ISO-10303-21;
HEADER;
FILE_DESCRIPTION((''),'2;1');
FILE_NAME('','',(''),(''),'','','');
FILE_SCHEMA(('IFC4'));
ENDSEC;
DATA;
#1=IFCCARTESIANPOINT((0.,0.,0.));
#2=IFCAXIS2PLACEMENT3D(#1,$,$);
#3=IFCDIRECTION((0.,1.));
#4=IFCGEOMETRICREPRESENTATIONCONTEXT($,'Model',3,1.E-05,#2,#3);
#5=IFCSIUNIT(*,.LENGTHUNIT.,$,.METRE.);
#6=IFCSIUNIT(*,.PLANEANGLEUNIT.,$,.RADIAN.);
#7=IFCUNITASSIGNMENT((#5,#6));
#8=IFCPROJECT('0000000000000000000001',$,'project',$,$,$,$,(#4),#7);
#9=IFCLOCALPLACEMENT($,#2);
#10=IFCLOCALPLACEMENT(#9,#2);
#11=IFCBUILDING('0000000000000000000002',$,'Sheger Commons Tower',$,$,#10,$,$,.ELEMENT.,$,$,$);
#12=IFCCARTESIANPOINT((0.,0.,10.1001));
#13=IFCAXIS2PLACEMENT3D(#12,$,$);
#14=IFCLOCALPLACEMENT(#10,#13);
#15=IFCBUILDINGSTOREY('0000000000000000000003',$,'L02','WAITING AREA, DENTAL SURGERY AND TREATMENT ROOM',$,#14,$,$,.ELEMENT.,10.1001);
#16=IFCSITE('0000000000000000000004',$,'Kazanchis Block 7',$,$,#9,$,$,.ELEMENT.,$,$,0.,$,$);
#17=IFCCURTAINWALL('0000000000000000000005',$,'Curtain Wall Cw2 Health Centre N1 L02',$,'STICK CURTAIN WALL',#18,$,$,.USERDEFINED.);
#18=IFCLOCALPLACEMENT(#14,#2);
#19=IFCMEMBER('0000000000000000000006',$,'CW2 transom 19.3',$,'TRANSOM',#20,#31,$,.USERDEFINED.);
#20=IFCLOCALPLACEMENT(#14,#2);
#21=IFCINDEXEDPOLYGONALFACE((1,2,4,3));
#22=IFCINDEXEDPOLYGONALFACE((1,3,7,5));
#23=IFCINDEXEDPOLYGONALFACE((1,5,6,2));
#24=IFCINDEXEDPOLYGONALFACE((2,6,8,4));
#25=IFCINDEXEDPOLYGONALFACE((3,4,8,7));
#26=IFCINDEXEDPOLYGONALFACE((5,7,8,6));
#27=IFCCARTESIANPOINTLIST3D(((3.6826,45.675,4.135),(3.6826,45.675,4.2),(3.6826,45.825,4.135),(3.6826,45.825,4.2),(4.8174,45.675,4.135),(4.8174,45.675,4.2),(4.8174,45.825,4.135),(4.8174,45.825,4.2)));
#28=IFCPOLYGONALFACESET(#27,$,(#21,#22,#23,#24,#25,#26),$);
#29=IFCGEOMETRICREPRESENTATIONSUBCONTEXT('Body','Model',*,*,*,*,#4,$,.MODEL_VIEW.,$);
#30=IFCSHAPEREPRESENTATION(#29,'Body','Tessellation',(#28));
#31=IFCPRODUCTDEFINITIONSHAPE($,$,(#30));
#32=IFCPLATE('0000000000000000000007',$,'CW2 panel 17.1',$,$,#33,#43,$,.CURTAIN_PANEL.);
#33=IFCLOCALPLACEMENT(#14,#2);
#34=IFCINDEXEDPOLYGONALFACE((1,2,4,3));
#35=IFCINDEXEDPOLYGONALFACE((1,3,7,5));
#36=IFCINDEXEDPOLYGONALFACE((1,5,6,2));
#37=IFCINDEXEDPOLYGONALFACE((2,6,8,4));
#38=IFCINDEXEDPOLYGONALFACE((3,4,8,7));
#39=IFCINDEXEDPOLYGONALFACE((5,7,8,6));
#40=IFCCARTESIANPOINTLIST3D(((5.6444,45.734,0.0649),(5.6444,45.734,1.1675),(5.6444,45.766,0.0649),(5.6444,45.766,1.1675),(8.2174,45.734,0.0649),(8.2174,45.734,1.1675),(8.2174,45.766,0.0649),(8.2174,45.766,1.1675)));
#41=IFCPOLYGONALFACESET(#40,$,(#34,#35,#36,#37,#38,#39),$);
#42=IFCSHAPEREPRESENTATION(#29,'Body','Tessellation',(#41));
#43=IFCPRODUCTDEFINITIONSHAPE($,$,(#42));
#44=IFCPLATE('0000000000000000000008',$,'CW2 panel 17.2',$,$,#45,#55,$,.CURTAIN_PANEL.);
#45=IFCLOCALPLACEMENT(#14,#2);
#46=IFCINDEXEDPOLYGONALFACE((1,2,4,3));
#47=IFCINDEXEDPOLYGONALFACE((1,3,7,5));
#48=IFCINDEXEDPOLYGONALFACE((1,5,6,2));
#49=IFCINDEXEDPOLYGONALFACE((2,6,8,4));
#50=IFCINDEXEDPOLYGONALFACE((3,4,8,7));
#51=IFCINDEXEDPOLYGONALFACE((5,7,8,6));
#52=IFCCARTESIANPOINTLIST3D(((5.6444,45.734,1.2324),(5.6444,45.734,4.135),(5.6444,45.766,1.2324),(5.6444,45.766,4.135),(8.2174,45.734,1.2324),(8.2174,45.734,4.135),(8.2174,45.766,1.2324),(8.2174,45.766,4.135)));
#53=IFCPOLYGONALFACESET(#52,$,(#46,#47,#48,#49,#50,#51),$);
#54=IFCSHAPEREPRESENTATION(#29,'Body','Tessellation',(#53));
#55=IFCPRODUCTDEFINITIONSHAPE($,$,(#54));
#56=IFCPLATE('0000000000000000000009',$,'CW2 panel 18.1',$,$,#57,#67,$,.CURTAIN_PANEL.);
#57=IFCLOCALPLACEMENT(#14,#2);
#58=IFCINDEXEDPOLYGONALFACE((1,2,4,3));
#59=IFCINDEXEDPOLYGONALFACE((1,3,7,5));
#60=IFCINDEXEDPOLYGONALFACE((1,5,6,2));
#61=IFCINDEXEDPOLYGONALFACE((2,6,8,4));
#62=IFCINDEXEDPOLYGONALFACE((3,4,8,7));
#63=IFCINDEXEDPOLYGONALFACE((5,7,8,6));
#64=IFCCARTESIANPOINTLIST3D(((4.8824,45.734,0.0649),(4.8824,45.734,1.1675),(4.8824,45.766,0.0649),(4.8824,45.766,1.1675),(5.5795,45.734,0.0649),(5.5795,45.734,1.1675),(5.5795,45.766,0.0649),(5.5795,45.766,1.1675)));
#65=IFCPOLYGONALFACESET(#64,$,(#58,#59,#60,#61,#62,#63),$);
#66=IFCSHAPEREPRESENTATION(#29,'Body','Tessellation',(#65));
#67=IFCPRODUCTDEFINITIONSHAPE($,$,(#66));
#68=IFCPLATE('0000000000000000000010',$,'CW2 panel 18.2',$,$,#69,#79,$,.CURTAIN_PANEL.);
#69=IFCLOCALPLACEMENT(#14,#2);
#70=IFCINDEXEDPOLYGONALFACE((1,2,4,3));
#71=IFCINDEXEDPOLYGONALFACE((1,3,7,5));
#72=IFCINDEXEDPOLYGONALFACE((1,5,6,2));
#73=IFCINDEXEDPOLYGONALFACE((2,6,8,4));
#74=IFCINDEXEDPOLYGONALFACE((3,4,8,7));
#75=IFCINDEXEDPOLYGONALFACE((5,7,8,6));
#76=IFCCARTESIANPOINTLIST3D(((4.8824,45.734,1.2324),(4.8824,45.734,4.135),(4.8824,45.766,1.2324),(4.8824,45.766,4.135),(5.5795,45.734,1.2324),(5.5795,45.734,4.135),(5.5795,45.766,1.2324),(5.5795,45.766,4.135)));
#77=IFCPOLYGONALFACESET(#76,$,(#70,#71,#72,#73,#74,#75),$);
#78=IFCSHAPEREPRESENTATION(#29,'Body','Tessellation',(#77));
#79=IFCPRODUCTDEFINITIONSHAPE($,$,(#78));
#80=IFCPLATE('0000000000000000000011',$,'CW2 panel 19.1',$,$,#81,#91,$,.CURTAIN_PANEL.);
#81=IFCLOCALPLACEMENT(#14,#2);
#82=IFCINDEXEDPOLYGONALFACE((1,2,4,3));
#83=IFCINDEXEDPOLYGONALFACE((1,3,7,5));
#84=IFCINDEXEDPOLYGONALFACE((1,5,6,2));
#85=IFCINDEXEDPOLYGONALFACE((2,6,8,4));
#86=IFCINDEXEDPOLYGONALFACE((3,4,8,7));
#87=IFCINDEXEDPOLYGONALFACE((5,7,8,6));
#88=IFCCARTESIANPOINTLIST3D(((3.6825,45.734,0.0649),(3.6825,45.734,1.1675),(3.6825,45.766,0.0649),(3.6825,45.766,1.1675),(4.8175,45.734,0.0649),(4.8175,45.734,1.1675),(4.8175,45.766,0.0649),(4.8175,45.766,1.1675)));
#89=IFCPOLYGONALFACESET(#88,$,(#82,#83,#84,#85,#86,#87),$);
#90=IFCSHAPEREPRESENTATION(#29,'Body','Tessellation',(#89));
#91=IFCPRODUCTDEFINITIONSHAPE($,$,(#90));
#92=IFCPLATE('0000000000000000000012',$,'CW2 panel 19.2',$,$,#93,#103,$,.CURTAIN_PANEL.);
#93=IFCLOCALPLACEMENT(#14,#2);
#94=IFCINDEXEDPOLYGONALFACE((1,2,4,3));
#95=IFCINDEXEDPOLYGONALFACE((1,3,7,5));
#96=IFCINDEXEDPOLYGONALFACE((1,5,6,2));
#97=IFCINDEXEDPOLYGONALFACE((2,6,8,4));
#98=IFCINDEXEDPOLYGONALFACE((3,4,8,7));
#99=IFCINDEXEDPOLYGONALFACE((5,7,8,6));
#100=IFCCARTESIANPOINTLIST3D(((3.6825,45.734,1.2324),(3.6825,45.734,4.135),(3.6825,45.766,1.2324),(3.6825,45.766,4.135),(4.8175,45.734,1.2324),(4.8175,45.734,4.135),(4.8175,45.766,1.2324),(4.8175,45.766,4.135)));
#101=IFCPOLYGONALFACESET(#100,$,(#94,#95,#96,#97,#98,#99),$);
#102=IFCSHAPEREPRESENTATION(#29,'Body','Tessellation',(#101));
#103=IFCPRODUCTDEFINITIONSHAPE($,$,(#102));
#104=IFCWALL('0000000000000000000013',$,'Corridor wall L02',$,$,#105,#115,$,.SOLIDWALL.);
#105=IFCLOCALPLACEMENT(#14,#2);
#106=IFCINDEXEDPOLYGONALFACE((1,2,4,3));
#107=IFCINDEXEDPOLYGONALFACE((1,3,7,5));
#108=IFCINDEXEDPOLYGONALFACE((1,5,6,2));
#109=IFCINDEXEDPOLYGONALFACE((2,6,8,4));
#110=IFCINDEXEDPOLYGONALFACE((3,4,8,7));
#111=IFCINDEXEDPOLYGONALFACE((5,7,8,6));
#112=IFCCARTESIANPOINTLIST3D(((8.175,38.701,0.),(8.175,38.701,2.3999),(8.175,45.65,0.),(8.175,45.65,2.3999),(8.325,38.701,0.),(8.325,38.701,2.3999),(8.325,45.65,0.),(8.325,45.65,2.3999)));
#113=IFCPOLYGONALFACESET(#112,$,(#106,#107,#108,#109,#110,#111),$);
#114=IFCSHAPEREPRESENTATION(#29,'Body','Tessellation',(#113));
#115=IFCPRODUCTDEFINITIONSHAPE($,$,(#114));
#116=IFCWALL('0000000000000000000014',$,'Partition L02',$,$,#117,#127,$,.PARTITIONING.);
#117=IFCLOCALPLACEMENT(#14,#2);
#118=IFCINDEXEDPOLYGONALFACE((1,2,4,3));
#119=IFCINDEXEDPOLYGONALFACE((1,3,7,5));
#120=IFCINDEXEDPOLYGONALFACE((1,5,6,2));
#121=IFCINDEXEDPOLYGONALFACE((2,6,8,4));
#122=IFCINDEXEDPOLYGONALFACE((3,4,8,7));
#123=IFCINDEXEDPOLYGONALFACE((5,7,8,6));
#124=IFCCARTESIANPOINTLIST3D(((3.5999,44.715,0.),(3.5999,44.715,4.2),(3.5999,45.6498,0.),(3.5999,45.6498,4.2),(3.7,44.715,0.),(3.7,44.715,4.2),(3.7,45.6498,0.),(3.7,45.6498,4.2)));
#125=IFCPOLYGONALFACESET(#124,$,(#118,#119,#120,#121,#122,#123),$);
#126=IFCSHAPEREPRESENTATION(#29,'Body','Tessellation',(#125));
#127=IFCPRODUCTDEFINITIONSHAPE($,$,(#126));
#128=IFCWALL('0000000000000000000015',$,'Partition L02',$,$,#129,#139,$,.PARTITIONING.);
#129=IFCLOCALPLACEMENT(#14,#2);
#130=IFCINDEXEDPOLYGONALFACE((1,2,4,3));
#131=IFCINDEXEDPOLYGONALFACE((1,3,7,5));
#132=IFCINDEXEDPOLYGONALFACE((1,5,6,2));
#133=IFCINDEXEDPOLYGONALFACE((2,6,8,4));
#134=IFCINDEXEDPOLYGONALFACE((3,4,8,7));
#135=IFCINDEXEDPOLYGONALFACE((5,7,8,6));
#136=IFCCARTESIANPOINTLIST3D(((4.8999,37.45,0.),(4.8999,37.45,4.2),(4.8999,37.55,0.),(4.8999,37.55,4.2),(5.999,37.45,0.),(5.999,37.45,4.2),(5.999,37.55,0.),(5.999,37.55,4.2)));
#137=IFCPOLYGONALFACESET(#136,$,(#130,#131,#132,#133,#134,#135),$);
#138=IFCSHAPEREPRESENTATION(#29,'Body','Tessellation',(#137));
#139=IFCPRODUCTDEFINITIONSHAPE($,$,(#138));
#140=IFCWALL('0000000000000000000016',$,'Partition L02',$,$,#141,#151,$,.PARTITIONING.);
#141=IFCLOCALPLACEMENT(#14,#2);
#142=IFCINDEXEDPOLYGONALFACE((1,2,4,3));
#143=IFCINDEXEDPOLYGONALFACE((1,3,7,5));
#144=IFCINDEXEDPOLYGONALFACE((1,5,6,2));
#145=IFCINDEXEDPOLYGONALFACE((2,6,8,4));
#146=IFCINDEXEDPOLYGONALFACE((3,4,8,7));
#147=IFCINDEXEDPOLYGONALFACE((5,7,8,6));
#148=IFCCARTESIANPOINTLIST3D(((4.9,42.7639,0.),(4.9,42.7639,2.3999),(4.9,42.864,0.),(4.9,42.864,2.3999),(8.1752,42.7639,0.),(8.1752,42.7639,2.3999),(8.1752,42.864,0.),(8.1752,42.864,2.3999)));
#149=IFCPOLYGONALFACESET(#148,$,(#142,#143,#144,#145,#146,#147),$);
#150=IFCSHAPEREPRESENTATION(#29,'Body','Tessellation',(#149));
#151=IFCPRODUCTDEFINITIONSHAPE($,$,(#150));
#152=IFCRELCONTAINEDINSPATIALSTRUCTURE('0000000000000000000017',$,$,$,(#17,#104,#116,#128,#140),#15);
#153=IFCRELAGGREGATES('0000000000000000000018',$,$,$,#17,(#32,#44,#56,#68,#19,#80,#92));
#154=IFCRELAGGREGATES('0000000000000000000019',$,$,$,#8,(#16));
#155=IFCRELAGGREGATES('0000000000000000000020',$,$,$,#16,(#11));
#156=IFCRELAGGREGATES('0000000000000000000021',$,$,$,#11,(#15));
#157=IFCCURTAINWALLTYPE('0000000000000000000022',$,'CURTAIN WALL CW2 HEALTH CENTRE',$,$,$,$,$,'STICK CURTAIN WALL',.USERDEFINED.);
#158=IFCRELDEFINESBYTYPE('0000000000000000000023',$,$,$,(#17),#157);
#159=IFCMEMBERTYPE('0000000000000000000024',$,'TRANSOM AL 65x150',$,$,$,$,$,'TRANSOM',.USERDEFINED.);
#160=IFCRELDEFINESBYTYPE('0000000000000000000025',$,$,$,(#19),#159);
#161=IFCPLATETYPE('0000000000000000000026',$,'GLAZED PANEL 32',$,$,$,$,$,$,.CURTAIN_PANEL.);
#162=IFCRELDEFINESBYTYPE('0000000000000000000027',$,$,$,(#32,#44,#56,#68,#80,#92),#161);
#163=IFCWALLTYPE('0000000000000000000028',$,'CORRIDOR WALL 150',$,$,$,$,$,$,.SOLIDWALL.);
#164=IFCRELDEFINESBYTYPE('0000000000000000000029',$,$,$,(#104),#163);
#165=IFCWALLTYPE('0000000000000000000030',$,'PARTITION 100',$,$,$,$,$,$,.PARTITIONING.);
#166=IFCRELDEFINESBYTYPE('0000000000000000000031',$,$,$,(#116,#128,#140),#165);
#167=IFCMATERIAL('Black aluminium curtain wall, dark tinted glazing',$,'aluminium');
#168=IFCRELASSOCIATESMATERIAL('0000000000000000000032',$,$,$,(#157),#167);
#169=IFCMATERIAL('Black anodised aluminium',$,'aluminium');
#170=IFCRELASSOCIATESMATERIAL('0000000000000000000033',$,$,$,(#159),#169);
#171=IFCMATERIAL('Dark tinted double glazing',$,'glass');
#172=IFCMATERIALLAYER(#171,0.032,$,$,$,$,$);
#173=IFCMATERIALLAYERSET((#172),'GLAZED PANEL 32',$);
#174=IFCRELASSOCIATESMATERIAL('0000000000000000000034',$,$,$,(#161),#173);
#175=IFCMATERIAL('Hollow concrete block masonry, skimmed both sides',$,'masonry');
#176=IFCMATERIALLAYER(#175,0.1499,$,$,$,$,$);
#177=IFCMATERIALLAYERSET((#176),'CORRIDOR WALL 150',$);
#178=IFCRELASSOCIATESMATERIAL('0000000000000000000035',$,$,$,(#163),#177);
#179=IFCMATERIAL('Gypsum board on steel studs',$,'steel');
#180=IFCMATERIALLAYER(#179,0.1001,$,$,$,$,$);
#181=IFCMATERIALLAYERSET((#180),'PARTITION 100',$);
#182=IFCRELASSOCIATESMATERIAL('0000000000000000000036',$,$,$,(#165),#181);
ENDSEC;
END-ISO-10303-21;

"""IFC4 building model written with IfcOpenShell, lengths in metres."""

from ifc_helpers import new_model, si_unit, direction, frame, frame_2d, origin, origin_2d, place, context, subcontext, project, spatial, rectangle, extrude, material, layer, layer_set, material_profile, profile_set, type_object, element, aggregate, save


model = new_model("IFC4")

# Units and contexts
model_context = context("Model", 3, precision=1e-05, world=origin(), true_north=direction((0.0, 1.0)))
body_context = subcontext(model_context, "Body", "Model", "MODEL_VIEW")
ifc_project = project(units=[si_unit("LENGTHUNIT", "METRE"), si_unit("PLANEANGLEUNIT", "RADIAN")], contexts=[model_context])

# Site, building, storey
site_placement = place(None, origin())
site = spatial("IfcSite", under=ifc_project, at=site_placement, Name="Kazanchis Block 7", CompositionType="ELEMENT", RefElevation=0.0)
building_placement = place(site_placement, origin())
building = spatial("IfcBuilding", under=site, at=building_placement, Name="Sheger Commons Tower", CompositionType="ELEMENT")
storey_placement = place(building_placement, frame((0.0, 0.0, 10.1001)))
storey = spatial("IfcBuildingStorey", under=building, at=storey_placement, Name="L02", Description="WAITING AREA, DENTAL SURGERY AND TREATMENT ROOM", CompositionType="ELEMENT", Elevation=10.1001)

# Curtain wall, member, plates
ifc_material_1 = material(Name="Black aluminium curtain wall, dark tinted glazing", Category="aluminium")
curtain_wall_type = type_object("IfcCurtainWallType", Name="CURTAIN WALL CW2 HEALTH CENTRE", ElementType="STICK CURTAIN WALL", PredefinedType="USERDEFINED", material=ifc_material_1)
curtain_wall_placement = place(storey_placement, origin())
curtain_wall = element("IfcCurtainWall", 1, at=curtain_wall_placement, inside=storey, type_object=curtain_wall_type, Name="Curtain Wall Cw2 Health Centre N1 L02", ObjectType="STICK CURTAIN WALL", PredefinedType="USERDEFINED")
ifc_material_2 = material(Name="Black anodised aluminium", Category="aluminium")
ifc_material_profile_1 = material_profile(ifc_material_2, rectangle(XDim=0.1499, YDim=0.0649, at=origin_2d()), Name="AL 65x150")
ifc_profile_set_1 = profile_set([ifc_material_profile_1], Name="Black anodised aluminium")
member_type_1 = type_object("IfcMemberType", Name="TRANSOM AL 65x150", ElementType="TRANSOM", PredefinedType="USERDEFINED", material=ifc_profile_set_1)
member_1_placement = place(storey_placement, frame((4.8174, 45.75, 4.1675), z_axis=(-1.0, 0.0, 0.0), x_axis=(0.0, -1.0, 0.0)))
member_1 = element("IfcMember", 2, at=member_1_placement, type_object=member_type_1, Name="CW2 transom 19.3", ObjectType="TRANSOM", PredefinedType="USERDEFINED", context=body_context, shape_type="SweptSolid", body=[
    extrude(rectangle(XDim=0.1499, YDim=0.0649, at=origin_2d()), origin(), (0.0, 0.0, 1.0), 1.1348),
])
ifc_material_3 = material(Name="Dark tinted double glazing", Category="glass")
ifc_layer_1 = layer(ifc_material_3, 0.032)
ifc_layer_set_1 = layer_set([ifc_layer_1], Name="GLAZED PANEL 32")
plate_type = type_object("IfcPlateType", Name="GLAZED PANEL 32", PredefinedType="CURTAIN_PANEL", material=ifc_layer_set_1)
plate_1_placement = place(storey_placement, frame((6.9309, 45.75, 0.0649), z_axis=(0.0, 0.0, 1.0), x_axis=(-1.0, 0.0, 0.0)))
plate_1 = element("IfcPlate", 3, at=plate_1_placement, type_object=plate_type, Name="CW2 panel 17.1", PredefinedType="CURTAIN_PANEL", context=body_context, shape_type="SweptSolid", body=[
    extrude(rectangle(XDim=2.573, YDim=0.032, at=origin_2d()), origin(), (0.0, 0.0, 1.0), 1.1025),
])
plate_2_placement = place(storey_placement, frame((6.9309, 45.75, 1.2324), z_axis=(0.0, 0.0, 1.0), x_axis=(-1.0, 0.0, 0.0)))
plate_2 = element("IfcPlate", 4, at=plate_2_placement, type_object=plate_type, Name="CW2 panel 17.2", PredefinedType="CURTAIN_PANEL", context=body_context, shape_type="SweptSolid", body=[
    extrude(rectangle(XDim=2.573, YDim=0.032, at=origin_2d()), origin(), (0.0, 0.0, 1.0), 2.9026),
])
plate_3_placement = place(storey_placement, frame((5.231, 45.75, 0.0649), z_axis=(0.0, 0.0, 1.0), x_axis=(-1.0, 0.0, 0.0)))
plate_3 = element("IfcPlate", 5, at=plate_3_placement, type_object=plate_type, Name="CW2 panel 18.1", PredefinedType="CURTAIN_PANEL", context=body_context, shape_type="SweptSolid", body=[
    extrude(rectangle(XDim=0.697, YDim=0.032, at=origin_2d()), origin(), (0.0, 0.0, 1.0), 1.1025),
])
plate_4_placement = place(storey_placement, frame((5.231, 45.75, 1.2324), z_axis=(0.0, 0.0, 1.0), x_axis=(-1.0, 0.0, 0.0)))
plate_4 = element("IfcPlate", 6, at=plate_4_placement, type_object=plate_type, Name="CW2 panel 18.2", PredefinedType="CURTAIN_PANEL", context=body_context, shape_type="SweptSolid", body=[
    extrude(rectangle(XDim=0.697, YDim=0.032, at=origin_2d()), origin(), (0.0, 0.0, 1.0), 2.9026),
])
plate_5_placement = place(storey_placement, frame((4.25, 45.75, 0.0649), z_axis=(0.0, 0.0, 1.0), x_axis=(-1.0, 0.0, 0.0)))
plate_5 = element("IfcPlate", 7, at=plate_5_placement, type_object=plate_type, Name="CW2 panel 19.1", PredefinedType="CURTAIN_PANEL", context=body_context, shape_type="SweptSolid", body=[
    extrude(rectangle(XDim=1.135, YDim=0.032, at=origin_2d()), origin(), (0.0, 0.0, 1.0), 1.1025),
])
plate_6_placement = place(storey_placement, frame((4.25, 45.75, 1.2324), z_axis=(0.0, 0.0, 1.0), x_axis=(-1.0, 0.0, 0.0)))
plate_6 = element("IfcPlate", 8, at=plate_6_placement, type_object=plate_type, Name="CW2 panel 19.2", PredefinedType="CURTAIN_PANEL", context=body_context, shape_type="SweptSolid", body=[
    extrude(rectangle(XDim=1.135, YDim=0.032, at=origin_2d()), origin(), (0.0, 0.0, 1.0), 2.9026),
])
aggregate(curtain_wall, [plate_1, plate_2, plate_3, plate_4, member_1, plate_5, plate_6])

# Walls
ifc_material_4 = material(Name="Hollow concrete block masonry, skimmed both sides", Category="masonry")
ifc_layer_2 = layer(ifc_material_4, 0.1499)
ifc_layer_set_2 = layer_set([ifc_layer_2], Name="CORRIDOR WALL 150")
wall_type_1 = type_object("IfcWallType", Name="CORRIDOR WALL 150", PredefinedType="SOLIDWALL", material=ifc_layer_set_2)
wall_1_placement = place(storey_placement, frame((8.25, 38.7009, 0.0), z_axis=(0.0, 0.0, 1.0), x_axis=(0.0, 1.0, 0.0)))
element("IfcWall", 9, at=wall_1_placement, inside=storey, type_object=wall_type_1, Name="Corridor wall L02", PredefinedType="SOLIDWALL", context=body_context, shape_type="SweptSolid", body=[
    extrude(rectangle(XDim=6.949, YDim=0.1499, at=frame_2d((3.4746, 0.0))), origin(), (0.0, 0.0, 1.0), 2.3999),
])
ifc_material_5 = material(Name="Gypsum board on steel studs", Category="steel")
ifc_layer_3 = layer(ifc_material_5, 0.1001)
ifc_layer_set_3 = layer_set([ifc_layer_3], Name="PARTITION 100")
wall_type_2 = type_object("IfcWallType", Name="PARTITION 100", PredefinedType="PARTITIONING", material=ifc_layer_set_3)
wall_2_placement = place(storey_placement, frame((3.6499, 44.7151, 0.0), z_axis=(0.0, 0.0, 1.0), x_axis=(0.0, 1.0, 0.0)))
element("IfcWall", 10, at=wall_2_placement, inside=storey, type_object=wall_type_2, Name="Partition L02", PredefinedType="PARTITIONING", context=body_context, shape_type="SweptSolid", body=[
    extrude(rectangle(XDim=0.9348, YDim=0.1001, at=frame_2d((0.4673, 0.0))), origin(), (0.0, 0.0, 1.0), 4.2),
])
wall_3_placement = place(storey_placement, frame((4.8999, 37.5, 0.0), z_axis=(0.0, 0.0, 1.0), x_axis=(1.0, 0.0, 0.0)))
element("IfcWall", 11, at=wall_3_placement, inside=storey, type_object=wall_type_2, Name="Partition L02", PredefinedType="PARTITIONING", context=body_context, shape_type="SweptSolid", body=[
    extrude(rectangle(XDim=1.0991, YDim=0.1001, at=frame_2d((0.5496, 0.0))), origin(), (0.0, 0.0, 1.0), 4.2),
])
wall_4_placement = place(storey_placement, frame((4.8999, 42.814, 0.0), z_axis=(0.0, 0.0, 1.0), x_axis=(1.0, 0.0, 0.0)))
element("IfcWall", 12, at=wall_4_placement, inside=storey, type_object=wall_type_2, Name="Partition L02", PredefinedType="PARTITIONING", context=body_context, shape_type="SweptSolid", body=[
    extrude(rectangle(XDim=3.2751, YDim=0.1001, at=frame_2d((1.6377, 0.0))), origin(), (0.0, 0.0, 1.0), 2.3999),
])

save(model, "model.ifc")
